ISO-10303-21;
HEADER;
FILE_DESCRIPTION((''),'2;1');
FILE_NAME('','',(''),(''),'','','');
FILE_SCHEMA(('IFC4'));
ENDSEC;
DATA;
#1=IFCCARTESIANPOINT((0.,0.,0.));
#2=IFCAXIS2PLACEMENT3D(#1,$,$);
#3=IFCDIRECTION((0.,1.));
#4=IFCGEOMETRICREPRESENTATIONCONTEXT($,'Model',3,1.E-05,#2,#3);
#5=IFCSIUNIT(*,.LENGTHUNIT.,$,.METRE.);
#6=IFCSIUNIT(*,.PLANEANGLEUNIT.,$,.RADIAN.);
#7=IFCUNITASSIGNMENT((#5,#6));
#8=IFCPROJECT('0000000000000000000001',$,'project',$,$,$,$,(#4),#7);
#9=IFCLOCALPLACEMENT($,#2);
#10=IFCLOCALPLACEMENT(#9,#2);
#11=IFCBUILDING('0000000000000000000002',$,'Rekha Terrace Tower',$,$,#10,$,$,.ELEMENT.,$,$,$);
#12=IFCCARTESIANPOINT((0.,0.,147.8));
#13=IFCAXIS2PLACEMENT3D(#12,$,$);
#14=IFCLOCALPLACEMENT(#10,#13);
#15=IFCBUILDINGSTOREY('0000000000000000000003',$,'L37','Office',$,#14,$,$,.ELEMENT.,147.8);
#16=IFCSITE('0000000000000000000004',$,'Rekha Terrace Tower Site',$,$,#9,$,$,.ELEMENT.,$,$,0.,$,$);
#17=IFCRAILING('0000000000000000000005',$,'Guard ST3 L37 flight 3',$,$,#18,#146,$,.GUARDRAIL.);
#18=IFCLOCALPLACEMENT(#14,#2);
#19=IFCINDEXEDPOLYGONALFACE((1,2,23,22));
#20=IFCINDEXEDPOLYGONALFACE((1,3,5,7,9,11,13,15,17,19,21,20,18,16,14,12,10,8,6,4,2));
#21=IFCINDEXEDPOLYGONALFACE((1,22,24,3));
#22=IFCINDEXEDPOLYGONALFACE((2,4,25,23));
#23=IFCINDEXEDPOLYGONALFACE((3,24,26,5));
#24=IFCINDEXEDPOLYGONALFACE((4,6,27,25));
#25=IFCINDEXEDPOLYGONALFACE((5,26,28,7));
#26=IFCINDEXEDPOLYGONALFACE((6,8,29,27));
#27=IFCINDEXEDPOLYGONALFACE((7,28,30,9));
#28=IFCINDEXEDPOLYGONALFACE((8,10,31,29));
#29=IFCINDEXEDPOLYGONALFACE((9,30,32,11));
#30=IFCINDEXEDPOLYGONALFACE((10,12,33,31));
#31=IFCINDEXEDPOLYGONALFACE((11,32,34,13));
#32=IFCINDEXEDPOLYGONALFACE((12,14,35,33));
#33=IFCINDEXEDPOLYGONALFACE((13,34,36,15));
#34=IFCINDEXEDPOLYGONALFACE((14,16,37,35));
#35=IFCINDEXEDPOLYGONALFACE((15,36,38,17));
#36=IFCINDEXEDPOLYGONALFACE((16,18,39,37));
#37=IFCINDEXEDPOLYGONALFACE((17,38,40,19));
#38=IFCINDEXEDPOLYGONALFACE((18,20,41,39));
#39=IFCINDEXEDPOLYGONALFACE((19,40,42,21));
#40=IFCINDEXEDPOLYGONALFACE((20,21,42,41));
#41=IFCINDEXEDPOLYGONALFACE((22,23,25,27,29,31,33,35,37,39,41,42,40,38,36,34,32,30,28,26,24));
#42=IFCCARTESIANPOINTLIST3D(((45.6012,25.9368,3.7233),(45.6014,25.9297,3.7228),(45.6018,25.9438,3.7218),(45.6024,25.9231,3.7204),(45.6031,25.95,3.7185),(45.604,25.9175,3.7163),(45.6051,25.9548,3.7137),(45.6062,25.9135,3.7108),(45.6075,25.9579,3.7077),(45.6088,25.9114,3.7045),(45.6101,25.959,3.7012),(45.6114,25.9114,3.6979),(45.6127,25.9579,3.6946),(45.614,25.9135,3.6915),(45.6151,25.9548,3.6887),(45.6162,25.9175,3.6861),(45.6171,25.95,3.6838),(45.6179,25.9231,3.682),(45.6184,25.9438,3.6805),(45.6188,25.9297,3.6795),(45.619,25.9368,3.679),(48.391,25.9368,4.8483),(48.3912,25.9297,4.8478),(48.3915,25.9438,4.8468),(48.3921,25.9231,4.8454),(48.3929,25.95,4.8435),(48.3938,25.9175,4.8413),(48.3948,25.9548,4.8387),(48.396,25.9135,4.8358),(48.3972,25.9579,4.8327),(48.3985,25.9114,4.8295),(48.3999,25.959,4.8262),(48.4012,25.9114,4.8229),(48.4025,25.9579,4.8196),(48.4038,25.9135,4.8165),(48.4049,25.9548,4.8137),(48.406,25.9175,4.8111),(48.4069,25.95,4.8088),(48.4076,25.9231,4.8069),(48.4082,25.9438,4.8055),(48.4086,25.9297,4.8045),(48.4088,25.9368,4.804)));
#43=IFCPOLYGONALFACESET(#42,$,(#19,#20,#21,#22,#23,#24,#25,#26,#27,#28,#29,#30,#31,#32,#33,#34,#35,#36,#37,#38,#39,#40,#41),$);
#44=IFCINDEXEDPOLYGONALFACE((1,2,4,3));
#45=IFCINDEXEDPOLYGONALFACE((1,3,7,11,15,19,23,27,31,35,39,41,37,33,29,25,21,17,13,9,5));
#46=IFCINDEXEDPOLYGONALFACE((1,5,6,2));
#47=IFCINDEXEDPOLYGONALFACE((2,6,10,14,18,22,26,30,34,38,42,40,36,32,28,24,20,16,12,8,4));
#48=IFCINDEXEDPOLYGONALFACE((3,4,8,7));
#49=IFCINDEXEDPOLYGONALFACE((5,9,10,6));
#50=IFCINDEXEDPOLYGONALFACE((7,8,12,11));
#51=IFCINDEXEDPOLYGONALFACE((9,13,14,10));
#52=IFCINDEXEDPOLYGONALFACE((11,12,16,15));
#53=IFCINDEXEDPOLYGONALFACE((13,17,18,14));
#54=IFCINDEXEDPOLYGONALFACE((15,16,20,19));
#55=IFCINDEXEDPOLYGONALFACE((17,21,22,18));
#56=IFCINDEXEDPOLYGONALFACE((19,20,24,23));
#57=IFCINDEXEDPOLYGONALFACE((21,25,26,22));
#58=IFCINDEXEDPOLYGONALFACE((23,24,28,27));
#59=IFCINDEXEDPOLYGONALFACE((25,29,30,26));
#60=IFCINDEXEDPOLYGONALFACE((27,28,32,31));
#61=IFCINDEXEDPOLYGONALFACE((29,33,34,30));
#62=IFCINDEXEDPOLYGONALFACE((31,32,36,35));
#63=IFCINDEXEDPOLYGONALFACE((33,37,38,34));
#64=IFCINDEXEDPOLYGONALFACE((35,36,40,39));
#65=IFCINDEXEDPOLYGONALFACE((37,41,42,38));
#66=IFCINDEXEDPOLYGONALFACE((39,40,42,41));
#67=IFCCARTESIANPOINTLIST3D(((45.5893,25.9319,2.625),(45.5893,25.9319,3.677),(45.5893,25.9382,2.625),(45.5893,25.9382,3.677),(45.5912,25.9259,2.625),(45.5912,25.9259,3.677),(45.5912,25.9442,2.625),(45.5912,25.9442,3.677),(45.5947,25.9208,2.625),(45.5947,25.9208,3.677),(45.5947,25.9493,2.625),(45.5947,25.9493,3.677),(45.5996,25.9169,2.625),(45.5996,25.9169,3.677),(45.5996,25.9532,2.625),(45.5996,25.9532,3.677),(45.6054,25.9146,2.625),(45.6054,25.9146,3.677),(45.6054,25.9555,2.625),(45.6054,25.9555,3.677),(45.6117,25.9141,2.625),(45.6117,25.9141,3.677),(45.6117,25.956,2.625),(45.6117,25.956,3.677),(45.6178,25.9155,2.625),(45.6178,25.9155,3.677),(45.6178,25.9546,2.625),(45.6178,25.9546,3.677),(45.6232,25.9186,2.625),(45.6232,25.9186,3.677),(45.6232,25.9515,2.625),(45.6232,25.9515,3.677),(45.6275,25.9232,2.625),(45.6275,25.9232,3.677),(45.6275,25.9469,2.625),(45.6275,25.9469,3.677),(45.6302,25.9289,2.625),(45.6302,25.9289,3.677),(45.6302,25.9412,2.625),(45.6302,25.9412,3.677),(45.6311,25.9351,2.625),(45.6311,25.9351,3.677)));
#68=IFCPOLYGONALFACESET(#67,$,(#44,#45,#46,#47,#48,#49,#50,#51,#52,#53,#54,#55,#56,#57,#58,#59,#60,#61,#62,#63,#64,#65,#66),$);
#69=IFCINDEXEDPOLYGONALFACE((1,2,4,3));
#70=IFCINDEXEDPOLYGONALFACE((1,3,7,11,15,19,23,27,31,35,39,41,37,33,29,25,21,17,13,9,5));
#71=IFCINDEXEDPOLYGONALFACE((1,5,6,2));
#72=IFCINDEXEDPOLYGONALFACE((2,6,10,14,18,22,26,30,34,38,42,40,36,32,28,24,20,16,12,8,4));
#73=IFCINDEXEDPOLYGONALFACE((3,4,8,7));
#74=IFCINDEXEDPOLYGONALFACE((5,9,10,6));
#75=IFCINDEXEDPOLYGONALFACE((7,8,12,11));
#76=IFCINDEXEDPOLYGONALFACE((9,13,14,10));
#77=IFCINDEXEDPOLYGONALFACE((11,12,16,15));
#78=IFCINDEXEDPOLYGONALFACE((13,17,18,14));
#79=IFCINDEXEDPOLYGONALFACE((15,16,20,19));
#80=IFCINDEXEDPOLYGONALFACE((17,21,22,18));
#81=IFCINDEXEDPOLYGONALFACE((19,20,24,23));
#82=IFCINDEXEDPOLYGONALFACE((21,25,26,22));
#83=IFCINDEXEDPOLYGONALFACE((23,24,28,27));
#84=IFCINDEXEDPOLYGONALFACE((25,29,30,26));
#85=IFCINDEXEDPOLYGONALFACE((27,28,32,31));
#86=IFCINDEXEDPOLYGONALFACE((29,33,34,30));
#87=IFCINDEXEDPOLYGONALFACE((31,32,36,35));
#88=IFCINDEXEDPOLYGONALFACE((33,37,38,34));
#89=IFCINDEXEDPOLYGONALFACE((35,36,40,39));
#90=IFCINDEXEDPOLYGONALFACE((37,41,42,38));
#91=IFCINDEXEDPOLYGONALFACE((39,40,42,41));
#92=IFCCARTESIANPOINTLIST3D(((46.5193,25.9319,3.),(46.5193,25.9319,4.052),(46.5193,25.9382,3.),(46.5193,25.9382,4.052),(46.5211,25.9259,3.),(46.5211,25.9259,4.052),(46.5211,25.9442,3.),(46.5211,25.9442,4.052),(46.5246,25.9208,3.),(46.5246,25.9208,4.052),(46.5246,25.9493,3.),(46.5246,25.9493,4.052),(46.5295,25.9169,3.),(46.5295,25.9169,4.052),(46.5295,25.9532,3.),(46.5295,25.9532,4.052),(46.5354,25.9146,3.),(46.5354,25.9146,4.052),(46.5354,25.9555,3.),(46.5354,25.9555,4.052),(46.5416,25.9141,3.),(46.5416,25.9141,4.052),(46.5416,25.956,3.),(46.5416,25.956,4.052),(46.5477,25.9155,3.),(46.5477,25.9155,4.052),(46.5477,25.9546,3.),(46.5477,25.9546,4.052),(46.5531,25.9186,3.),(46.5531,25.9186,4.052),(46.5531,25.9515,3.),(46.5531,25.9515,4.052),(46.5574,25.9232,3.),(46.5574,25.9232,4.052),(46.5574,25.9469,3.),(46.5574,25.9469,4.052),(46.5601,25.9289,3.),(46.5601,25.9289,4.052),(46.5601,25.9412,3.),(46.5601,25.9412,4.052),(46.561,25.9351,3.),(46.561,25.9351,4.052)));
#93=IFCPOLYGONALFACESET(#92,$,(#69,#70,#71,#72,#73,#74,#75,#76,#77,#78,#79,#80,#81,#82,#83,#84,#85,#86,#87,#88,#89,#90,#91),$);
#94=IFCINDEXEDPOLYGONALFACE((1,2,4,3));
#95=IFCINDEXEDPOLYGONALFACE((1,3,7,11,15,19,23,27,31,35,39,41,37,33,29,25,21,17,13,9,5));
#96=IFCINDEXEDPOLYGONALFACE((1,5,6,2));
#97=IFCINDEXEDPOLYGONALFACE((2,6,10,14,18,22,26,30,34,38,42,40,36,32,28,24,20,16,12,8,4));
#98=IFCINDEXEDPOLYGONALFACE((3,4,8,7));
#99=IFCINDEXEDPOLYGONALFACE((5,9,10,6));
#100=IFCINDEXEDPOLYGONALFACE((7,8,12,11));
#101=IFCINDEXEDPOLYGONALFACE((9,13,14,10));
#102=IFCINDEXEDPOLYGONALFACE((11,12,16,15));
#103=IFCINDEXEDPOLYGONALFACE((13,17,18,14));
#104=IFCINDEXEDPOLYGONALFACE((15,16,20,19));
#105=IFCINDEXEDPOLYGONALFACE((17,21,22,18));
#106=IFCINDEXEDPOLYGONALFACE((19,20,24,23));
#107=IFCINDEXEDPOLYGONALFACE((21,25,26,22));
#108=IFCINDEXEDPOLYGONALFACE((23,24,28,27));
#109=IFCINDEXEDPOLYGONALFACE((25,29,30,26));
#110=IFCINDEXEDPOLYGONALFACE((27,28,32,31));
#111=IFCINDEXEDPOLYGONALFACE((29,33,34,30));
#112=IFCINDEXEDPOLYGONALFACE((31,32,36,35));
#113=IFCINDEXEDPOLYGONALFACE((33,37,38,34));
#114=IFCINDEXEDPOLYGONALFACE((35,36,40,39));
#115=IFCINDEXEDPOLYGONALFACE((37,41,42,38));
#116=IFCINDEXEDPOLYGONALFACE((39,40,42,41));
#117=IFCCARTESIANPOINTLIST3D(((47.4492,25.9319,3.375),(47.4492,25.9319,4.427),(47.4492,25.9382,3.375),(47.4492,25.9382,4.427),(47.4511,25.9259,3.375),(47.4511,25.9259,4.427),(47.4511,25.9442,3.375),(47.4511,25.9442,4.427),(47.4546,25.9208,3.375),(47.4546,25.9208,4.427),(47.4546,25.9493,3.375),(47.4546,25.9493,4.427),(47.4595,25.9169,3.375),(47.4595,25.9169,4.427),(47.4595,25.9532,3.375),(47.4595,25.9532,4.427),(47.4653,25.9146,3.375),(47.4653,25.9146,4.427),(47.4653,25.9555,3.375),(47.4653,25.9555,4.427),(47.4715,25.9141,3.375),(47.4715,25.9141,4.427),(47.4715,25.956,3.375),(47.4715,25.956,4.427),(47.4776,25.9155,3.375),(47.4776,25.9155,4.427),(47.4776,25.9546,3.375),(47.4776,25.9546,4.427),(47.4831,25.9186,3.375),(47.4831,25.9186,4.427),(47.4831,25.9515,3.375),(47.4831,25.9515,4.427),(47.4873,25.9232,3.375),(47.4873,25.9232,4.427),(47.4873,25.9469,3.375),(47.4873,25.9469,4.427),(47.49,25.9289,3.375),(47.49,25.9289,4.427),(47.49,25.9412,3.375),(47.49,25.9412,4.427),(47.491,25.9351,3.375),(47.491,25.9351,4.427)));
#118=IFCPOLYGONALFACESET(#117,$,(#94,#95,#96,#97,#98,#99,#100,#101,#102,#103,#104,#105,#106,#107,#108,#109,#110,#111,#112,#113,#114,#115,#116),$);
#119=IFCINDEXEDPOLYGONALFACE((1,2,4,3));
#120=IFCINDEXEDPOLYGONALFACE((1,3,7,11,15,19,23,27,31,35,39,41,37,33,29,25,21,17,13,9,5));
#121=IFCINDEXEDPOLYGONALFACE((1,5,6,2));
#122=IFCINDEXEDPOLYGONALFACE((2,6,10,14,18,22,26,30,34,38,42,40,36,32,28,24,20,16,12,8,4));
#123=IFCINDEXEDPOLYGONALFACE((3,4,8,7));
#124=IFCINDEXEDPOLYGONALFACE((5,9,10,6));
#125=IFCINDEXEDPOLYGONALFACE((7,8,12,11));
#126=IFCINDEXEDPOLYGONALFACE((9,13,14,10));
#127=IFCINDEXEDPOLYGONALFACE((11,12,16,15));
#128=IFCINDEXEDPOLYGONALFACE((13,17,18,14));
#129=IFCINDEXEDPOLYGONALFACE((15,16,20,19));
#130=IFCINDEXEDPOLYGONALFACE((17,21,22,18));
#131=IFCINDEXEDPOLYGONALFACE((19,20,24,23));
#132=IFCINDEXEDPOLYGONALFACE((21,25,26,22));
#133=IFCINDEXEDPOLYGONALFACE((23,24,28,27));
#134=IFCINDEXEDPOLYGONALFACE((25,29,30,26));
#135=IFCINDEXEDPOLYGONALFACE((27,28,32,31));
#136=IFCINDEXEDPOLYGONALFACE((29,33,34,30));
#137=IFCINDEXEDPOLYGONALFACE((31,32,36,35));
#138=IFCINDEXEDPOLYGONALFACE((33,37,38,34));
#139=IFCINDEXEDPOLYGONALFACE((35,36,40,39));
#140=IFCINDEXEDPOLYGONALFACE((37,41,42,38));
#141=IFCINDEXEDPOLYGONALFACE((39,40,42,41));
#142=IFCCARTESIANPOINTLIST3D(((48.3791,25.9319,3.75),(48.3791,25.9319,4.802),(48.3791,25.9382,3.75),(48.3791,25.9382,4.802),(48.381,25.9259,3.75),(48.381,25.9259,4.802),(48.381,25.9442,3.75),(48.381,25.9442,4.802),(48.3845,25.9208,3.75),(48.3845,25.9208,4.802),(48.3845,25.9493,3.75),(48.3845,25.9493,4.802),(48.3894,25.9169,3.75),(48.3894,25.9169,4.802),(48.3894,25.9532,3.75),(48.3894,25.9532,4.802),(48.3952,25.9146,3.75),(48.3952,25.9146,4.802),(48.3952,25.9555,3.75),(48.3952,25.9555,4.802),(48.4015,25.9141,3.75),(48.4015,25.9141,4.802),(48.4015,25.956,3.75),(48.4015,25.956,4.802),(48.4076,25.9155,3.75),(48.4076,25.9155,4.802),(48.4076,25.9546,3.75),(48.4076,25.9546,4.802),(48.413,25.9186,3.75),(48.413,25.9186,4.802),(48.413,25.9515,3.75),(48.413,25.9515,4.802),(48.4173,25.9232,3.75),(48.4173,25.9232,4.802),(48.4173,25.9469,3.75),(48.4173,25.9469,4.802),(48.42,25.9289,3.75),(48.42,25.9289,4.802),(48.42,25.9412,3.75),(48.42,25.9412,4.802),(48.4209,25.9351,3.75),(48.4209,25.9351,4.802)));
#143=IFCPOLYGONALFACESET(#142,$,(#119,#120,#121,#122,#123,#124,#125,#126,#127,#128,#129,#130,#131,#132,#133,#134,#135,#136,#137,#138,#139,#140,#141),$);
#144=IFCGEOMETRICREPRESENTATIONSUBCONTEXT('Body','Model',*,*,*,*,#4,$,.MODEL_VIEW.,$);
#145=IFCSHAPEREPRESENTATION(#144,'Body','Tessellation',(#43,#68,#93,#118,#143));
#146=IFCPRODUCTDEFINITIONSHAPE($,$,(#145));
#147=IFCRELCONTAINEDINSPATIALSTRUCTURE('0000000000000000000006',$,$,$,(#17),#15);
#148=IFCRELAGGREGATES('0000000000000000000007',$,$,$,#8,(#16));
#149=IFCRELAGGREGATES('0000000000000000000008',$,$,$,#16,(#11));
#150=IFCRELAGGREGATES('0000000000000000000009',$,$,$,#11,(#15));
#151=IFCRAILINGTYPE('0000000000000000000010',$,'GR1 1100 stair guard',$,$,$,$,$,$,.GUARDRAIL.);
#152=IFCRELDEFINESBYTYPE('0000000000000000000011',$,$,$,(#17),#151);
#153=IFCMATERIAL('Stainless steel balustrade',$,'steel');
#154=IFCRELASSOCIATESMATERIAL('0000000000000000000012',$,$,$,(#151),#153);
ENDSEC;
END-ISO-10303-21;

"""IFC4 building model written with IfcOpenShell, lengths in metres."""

from ifc_helpers import new_model, si_unit, direction, frame, origin, origin_2d, place, context, subcontext, project, spatial, circle, extrude, material, type_object, element, save


model = new_model("IFC4")

# Units and contexts
model_context = context("Model", 3, precision=1e-05, world=origin(), true_north=direction((0.0, 1.0)))
body_context = subcontext(model_context, "Body", "Model", "MODEL_VIEW")
ifc_project = project(units=[si_unit("LENGTHUNIT", "METRE"), si_unit("PLANEANGLEUNIT", "RADIAN")], contexts=[model_context])

# Site, building, storey
site_placement = place(None, origin())
site = spatial("IfcSite", under=ifc_project, at=site_placement, Name="Rekha Terrace Tower Site", CompositionType="ELEMENT", RefElevation=0.0)
building_placement = place(site_placement, origin())
building = spatial("IfcBuilding", under=site, at=building_placement, Name="Rekha Terrace Tower", CompositionType="ELEMENT")
storey_placement = place(building_placement, frame((0.0, 0.0, 147.8)))
storey = spatial("IfcBuildingStorey", under=building, at=storey_placement, Name="L37", Description="Office", CompositionType="ELEMENT", Elevation=147.8)

# Railing
ifc_material_1 = material(Name="Stainless steel balustrade", Category="steel")
railing_type_1 = type_object("IfcRailingType", Name="GR1 1100 stair guard", PredefinedType="GUARDRAIL", material=ifc_material_1)
railing_1_placement = place(storey_placement, frame((45.6101, 25.9351, 2.625)))
element("IfcRailing", 1, at=railing_1_placement, inside=storey, type_object=railing_type_1, Name="Guard ST3 L37 flight 3", PredefinedType="GUARDRAIL", context=body_context, shape_type="SweptSolid", body=[
    extrude(circle(Radius=0.0239, at=origin_2d()), frame((0.0, 0.0, 1.0762), z_axis=(0.927432, 0.0, 0.373992), x_axis=(0.0, 1.0, 0.0)), (0.0, 0.0, 1.0), 3.0081),
    extrude(circle(Radius=0.021, at=origin_2d()), origin(), (0.0, 0.0, 1.0), 1.052),
    extrude(circle(Radius=0.021, at=origin_2d()), frame((0.9299, 0.0, 0.375)), (0.0, 0.0, 1.0), 1.052),
    extrude(circle(Radius=0.021, at=origin_2d()), frame((1.8599, 0.0, 0.75)), (0.0, 0.0, 1.0), 1.052),
    extrude(circle(Radius=0.021, at=origin_2d()), frame((2.7898, 0.0, 1.125)), (0.0, 0.0, 1.0), 1.052),
])

save(model, "model.ifc")
